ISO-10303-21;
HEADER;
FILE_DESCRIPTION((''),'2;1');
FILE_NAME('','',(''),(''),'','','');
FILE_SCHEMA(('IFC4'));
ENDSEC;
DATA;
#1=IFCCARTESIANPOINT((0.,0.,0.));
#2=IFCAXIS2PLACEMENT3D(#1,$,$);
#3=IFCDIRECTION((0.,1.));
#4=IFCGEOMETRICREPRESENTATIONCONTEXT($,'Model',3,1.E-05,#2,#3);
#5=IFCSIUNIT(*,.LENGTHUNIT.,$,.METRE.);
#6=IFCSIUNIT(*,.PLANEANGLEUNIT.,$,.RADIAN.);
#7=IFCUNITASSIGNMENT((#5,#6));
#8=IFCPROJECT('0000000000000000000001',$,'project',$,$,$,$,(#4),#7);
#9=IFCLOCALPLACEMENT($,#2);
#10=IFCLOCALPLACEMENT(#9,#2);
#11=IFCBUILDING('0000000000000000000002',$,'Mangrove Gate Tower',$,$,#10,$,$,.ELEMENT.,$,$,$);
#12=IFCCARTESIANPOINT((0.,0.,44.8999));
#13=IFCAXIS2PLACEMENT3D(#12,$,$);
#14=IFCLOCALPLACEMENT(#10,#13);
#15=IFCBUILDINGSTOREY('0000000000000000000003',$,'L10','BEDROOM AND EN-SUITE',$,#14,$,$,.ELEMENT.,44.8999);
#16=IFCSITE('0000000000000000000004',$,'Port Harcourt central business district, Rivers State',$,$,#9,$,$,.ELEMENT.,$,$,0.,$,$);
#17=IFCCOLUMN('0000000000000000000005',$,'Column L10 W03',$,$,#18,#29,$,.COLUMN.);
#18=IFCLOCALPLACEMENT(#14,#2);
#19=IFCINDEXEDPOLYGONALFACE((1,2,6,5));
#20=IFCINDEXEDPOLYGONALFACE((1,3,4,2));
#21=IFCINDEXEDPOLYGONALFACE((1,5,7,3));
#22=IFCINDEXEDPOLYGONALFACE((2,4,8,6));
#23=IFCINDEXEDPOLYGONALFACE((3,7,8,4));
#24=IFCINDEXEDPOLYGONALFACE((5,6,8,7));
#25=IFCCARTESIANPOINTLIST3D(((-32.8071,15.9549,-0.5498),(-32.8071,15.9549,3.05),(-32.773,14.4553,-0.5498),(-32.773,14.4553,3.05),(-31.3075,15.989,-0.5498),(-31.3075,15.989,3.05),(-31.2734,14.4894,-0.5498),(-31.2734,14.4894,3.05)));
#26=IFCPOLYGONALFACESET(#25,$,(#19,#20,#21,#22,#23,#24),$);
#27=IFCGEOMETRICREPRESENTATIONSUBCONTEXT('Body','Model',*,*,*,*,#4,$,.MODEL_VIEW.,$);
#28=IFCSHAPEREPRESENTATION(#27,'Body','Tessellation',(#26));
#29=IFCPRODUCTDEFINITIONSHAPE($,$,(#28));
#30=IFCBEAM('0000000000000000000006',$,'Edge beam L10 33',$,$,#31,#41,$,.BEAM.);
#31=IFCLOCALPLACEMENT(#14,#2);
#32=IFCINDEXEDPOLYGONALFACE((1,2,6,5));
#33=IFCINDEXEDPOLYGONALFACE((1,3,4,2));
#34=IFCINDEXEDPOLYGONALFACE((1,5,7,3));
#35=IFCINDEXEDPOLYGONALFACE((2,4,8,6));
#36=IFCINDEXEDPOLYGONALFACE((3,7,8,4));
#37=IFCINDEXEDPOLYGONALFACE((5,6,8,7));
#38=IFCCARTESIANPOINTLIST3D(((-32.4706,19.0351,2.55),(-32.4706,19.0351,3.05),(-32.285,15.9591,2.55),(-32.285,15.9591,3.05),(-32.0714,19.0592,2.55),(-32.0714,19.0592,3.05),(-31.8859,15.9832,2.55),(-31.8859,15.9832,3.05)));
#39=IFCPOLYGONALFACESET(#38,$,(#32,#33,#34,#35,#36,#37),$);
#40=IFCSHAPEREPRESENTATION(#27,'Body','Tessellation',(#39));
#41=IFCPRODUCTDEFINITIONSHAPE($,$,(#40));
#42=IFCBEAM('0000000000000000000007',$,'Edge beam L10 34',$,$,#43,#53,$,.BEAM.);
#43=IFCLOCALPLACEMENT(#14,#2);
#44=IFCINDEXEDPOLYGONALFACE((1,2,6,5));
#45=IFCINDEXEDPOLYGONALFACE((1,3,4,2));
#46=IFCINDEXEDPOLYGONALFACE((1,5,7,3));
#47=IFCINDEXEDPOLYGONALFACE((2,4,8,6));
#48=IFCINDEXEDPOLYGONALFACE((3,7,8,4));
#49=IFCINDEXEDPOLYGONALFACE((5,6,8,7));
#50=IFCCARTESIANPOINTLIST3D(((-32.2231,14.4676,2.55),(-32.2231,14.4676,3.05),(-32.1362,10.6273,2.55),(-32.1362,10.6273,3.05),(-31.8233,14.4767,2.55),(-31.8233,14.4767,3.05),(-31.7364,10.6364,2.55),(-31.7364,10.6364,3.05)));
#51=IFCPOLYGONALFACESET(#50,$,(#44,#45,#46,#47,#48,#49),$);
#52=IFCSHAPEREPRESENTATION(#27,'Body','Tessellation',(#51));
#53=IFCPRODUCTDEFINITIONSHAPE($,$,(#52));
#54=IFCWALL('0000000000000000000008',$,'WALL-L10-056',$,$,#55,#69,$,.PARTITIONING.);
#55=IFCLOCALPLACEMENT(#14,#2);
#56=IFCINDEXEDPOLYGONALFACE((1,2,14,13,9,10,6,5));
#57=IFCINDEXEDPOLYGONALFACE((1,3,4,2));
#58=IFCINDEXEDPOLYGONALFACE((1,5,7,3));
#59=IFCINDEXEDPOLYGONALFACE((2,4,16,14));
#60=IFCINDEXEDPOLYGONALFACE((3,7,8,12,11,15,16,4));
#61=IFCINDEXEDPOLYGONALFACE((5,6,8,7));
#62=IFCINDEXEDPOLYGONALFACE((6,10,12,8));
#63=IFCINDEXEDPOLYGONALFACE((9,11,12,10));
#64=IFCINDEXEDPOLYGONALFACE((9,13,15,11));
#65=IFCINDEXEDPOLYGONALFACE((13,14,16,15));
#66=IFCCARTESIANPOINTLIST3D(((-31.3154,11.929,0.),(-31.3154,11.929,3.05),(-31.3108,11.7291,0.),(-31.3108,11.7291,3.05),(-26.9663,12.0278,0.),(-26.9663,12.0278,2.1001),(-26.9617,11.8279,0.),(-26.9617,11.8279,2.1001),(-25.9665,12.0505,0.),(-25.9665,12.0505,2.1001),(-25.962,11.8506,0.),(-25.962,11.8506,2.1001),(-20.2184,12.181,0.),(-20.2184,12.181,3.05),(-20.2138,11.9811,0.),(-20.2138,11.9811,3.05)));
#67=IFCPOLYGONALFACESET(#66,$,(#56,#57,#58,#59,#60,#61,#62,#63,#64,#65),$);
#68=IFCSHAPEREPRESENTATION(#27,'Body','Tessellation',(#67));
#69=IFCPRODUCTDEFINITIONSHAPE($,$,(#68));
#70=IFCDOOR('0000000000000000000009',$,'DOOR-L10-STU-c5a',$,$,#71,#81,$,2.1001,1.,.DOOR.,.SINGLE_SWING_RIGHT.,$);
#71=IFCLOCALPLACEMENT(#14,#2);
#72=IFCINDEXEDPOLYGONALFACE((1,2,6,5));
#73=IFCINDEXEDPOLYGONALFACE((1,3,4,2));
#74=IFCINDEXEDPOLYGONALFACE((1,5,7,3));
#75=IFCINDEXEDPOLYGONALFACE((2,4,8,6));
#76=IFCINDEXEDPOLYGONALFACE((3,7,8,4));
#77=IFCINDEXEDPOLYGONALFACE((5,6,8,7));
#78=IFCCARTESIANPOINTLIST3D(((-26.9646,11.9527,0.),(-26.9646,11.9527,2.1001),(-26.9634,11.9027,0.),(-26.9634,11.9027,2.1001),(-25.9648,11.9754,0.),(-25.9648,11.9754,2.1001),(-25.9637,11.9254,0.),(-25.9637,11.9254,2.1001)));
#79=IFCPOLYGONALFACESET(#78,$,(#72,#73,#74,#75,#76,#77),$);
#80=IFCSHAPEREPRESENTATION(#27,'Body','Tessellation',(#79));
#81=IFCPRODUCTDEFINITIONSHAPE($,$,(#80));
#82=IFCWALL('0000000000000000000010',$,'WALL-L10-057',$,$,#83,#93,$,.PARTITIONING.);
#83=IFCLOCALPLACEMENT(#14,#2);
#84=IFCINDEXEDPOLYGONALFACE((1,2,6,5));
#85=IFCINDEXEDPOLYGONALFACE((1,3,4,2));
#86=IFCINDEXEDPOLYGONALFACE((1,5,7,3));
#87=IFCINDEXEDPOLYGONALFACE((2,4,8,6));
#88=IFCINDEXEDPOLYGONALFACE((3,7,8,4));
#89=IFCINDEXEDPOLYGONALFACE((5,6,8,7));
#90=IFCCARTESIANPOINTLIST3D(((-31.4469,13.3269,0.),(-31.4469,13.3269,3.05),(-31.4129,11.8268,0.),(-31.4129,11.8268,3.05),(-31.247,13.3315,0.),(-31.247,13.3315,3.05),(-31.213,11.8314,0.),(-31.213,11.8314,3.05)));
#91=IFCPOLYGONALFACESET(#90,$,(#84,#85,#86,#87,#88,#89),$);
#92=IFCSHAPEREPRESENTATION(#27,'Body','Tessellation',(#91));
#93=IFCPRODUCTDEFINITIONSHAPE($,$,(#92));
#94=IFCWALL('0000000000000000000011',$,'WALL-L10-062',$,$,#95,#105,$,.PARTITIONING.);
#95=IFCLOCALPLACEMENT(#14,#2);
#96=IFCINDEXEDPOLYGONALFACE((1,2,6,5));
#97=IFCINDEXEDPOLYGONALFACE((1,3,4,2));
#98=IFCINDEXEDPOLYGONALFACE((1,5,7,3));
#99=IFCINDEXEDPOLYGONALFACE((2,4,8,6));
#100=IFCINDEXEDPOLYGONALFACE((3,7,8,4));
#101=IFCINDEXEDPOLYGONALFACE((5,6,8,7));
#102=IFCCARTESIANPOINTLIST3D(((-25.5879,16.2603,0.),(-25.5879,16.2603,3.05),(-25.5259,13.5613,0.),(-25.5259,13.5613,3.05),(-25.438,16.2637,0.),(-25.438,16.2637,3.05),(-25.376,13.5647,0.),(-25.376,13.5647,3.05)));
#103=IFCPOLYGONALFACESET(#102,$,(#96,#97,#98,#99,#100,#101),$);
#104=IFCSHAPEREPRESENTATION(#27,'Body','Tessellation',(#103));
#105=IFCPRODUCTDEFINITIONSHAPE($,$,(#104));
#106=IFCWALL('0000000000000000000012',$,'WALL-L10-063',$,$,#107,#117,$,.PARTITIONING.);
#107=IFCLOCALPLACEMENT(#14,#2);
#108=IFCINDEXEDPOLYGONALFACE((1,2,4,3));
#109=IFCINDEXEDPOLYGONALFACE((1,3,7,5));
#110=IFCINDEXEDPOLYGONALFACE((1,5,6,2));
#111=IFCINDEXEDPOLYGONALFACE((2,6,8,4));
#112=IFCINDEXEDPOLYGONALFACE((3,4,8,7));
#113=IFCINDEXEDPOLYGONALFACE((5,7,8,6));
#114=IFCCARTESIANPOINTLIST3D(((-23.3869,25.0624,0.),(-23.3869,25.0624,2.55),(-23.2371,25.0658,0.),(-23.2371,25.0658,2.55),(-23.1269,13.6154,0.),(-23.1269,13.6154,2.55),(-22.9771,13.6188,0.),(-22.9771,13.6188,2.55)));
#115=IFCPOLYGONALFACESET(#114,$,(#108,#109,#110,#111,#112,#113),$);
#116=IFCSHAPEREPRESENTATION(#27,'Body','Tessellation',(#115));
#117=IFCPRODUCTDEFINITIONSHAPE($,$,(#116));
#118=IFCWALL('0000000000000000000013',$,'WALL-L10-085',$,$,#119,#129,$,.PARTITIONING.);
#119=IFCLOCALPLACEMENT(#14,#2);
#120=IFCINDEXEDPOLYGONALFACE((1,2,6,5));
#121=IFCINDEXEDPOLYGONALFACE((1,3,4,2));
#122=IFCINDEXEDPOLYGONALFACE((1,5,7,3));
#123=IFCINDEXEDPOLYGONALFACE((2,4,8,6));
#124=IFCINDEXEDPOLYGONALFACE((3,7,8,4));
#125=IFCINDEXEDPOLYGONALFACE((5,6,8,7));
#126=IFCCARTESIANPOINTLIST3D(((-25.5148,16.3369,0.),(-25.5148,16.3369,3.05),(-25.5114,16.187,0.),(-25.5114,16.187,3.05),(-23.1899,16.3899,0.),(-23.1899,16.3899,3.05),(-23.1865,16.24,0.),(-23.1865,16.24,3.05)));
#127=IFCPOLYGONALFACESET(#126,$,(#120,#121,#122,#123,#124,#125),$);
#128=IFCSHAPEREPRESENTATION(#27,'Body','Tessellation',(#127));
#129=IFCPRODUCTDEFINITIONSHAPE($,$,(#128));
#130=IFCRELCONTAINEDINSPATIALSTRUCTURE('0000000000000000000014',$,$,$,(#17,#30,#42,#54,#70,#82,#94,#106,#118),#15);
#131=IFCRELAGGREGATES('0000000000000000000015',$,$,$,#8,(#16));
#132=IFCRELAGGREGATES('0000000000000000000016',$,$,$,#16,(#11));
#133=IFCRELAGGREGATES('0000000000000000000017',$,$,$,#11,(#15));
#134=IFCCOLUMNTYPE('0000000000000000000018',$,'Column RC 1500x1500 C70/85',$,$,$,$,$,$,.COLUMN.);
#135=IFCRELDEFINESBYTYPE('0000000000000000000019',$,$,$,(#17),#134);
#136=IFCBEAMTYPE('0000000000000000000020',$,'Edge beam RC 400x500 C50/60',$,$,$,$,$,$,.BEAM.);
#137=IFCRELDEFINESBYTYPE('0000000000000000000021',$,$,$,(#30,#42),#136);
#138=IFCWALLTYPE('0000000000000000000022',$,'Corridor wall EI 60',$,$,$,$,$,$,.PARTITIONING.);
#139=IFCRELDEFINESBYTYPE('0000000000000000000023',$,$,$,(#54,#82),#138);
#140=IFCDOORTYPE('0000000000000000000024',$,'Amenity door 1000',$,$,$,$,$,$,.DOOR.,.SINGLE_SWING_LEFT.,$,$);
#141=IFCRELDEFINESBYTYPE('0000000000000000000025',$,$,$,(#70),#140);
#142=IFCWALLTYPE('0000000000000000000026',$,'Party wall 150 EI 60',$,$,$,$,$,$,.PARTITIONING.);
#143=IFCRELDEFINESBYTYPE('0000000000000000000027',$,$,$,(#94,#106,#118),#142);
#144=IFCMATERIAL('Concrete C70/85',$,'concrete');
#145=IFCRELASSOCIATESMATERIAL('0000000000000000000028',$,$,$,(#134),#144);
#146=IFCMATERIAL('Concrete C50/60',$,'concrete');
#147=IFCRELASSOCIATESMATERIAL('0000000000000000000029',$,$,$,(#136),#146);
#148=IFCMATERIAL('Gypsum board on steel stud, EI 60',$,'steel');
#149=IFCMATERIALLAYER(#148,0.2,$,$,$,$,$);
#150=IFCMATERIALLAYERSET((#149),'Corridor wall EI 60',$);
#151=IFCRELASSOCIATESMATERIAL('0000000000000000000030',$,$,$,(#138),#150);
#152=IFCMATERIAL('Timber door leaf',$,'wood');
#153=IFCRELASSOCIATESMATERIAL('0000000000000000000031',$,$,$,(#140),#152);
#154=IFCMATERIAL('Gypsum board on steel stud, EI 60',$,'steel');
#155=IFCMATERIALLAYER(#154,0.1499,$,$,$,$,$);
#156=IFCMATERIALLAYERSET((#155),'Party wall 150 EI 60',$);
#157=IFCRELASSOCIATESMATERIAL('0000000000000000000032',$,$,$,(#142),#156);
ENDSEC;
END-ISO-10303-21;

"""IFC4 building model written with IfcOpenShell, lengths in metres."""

from ifc_helpers import new_model, si_unit, direction, frame, frame_2d, origin, origin_2d, place, context, subcontext, project, spatial, rectangle, extrude, material, layer, layer_set, material_profile, profile_set, type_object, element, fill, save


model = new_model("IFC4")

# Units and contexts
model_context = context("Model", 3, precision=1e-05, world=origin(), true_north=direction((0.0, 1.0)))
body_context = subcontext(model_context, "Body", "Model", "MODEL_VIEW")
ifc_project = project(units=[si_unit("LENGTHUNIT", "METRE"), si_unit("PLANEANGLEUNIT", "RADIAN")], contexts=[model_context])

# Site, building, storey
site_placement = place(None, origin())
site = spatial("IfcSite", under=ifc_project, at=site_placement, Name="Port Harcourt central business district, Rivers State", CompositionType="ELEMENT", RefElevation=0.0)
building_placement = place(site_placement, origin())
building = spatial("IfcBuilding", under=site, at=building_placement, Name="Mangrove Gate Tower", CompositionType="ELEMENT")
storey_placement = place(building_placement, frame((0.0, 0.0, 44.8999)))
storey = spatial("IfcBuildingStorey", under=building, at=storey_placement, Name="L10", Description="BEDROOM AND EN-SUITE", CompositionType="ELEMENT", Elevation=44.8999)

# Column
ifc_material_1 = material(Name="Concrete C70/85", Category="concrete")
ifc_material_profile_1 = material_profile(ifc_material_1, rectangle(XDim=1.5, YDim=1.5, at=origin_2d()))
ifc_profile_set_1 = profile_set([ifc_material_profile_1], Name="Concrete C70/85")
column_type = type_object("IfcColumnType", Name="Column RC 1500x1500 C70/85", PredefinedType="COLUMN", material=ifc_profile_set_1)
column_placement = place(storey_placement, frame((-32.0403, 15.2222, -0.5498), z_axis=(0.0, 0.0, 1.0), x_axis=(0.022747, -0.999741, 0.0)))
element("IfcColumn", 1, at=column_placement, inside=storey, type_object=column_type, Name="Column L10 W03", PredefinedType="COLUMN", context=body_context, shape_type="SweptSolid", body=[
    extrude(rectangle(XDim=1.5, YDim=1.5, at=origin_2d()), origin(), (0.0, 0.0, 1.0), 3.5999),
])

# Beams
ifc_material_2 = material(Name="Concrete C50/60", Category="concrete")
ifc_material_profile_2 = material_profile(ifc_material_2, rectangle(XDim=0.3999, YDim=0.5, at=origin_2d()))
ifc_profile_set_2 = profile_set([ifc_material_profile_2], Name="Concrete C50/60")
beam_type = type_object("IfcBeamType", Name="Edge beam RC 400x500 C50/60", PredefinedType="BEAM", material=ifc_profile_set_2)
beam_1_placement = place(storey_placement, frame((-32.271, 19.0471, 2.8), z_axis=(0.060213, -0.998186, 0.0), x_axis=(0.998186, 0.060213, 0.0)))
element("IfcBeam", 2, at=beam_1_placement, inside=storey, type_object=beam_type, Name="Edge beam L10 33", PredefinedType="BEAM", context=body_context, shape_type="SweptSolid", body=[
    extrude(rectangle(XDim=0.3999, YDim=0.5, at=origin_2d()), origin(), (0.0, 0.0, 1.0), 3.0815),
])
beam_2_placement = place(storey_placement, frame((-32.0232, 14.4722, 2.8), z_axis=(0.022626, -0.999744, 0.0), x_axis=(0.999744, 0.022626, 0.0)))
element("IfcBeam", 3, at=beam_2_placement, inside=storey, type_object=beam_type, Name="Edge beam L10 34", PredefinedType="BEAM", context=body_context, shape_type="SweptSolid", body=[
    extrude(rectangle(XDim=0.3999, YDim=0.5, at=origin_2d()), origin(), (0.0, 0.0, 1.0), 3.8413),
])

# Wall, opening, door
ifc_material_3 = material(Name="Gypsum board on steel stud, EI 60", Category="steel")
ifc_layer_1 = layer(ifc_material_3, 0.2)
ifc_layer_set_1 = layer_set([ifc_layer_1], Name="Corridor wall EI 60")
wall_type_1 = type_object("IfcWallType", Name="Corridor wall EI 60", PredefinedType="PARTITIONING", material=ifc_layer_set_1)
wall_1_placement = place(storey_placement, frame((-31.313, 11.8291, 0.0), z_axis=(0.0, 0.0, 1.0), x_axis=(0.999742, 0.022699, 0.0)))
wall_1 = element("IfcWall", 4, at=wall_1_placement, inside=storey, type_object=wall_type_1, Name="WALL-L10-056", PredefinedType="PARTITIONING", context=body_context, shape_type="SweptSolid", body=[
    extrude(rectangle(XDim=11.0999, YDim=0.2, at=frame_2d((5.5498, 0.0))), origin(), (0.0, 0.0, 1.0), 3.05),
])
opening_1_placement = place(wall_1_placement, frame((4.3501, 0.0, 0.0)))
opening_1 = element("IfcOpeningElement", 5, at=opening_1_placement, cuts=wall_1, PredefinedType="OPENING", context=body_context, shape_type="SweptSolid", body=[
    extrude(rectangle(XDim=1.0, YDim=2.1001, at=frame_2d((0.5, 1.05))), frame((0.0, 0.1099, 0.0), z_axis=(0.0, -1.0, 0.0), x_axis=(1.0, 0.0, 0.0)), (0.0, 0.0, 1.0), 0.22),
])
ifc_material_4 = material(Name="Timber door leaf", Category="wood")
door_type_1 = type_object("IfcDoorType", Name="Amenity door 1000", OperationType="SINGLE_SWING_LEFT", PredefinedType="DOOR", material=ifc_material_4)
door_1_placement = place(opening_1_placement, origin())
door_1 = element("IfcDoor", 6, at=door_1_placement, inside=storey, type_object=door_type_1, Name="DOOR-L10-STU-c5a", OperationType="SINGLE_SWING_RIGHT", OverallHeight=2.1001, OverallWidth=1.0, PredefinedType="DOOR", context=body_context, shape_type="SweptSolid", body=[
    extrude(rectangle(XDim=1.0, YDim=2.1001, at=frame_2d((0.5, 1.05))), frame((0.0, 0.0249, 0.0), z_axis=(0.0, -1.0, 0.0), x_axis=(1.0, 0.0, 0.0)), (0.0, 0.0, 1.0), 0.05),
])
fill(opening_1, door_1)

# Wall
wall_2_placement = place(storey_placement, frame((-31.313, 11.8291, 0.0), z_axis=(0.0, 0.0, 1.0), x_axis=(-0.022618, 0.999744, 0.0)))
element("IfcWall", 7, at=wall_2_placement, inside=storey, type_object=wall_type_1, Name="WALL-L10-057", PredefinedType="PARTITIONING", context=body_context, shape_type="SweptSolid", body=[
    extrude(rectangle(XDim=1.5005, YDim=0.2, at=frame_2d((0.7502, 0.0))), origin(), (0.0, 0.0, 1.0), 3.05),
])

# Walls
ifc_material_5 = material(Name="Gypsum board on steel stud, EI 60", Category="steel")
ifc_layer_2 = layer(ifc_material_5, 0.1499)
ifc_layer_set_2 = layer_set([ifc_layer_2], Name="Party wall 150 EI 60")
wall_type_2 = type_object("IfcWallType", Name="Party wall 150 EI 60", PredefinedType="PARTITIONING", material=ifc_layer_set_2)
wall_3_placement = place(storey_placement, frame((-25.4509, 13.563, 0.0), z_axis=(0.0, 0.0, 1.0), x_axis=(-0.02297, 0.999736, 0.0)))
element("IfcWall", 8, at=wall_3_placement, inside=storey, type_object=wall_type_2, Name="WALL-L10-062", PredefinedType="PARTITIONING", context=body_context, shape_type="SweptSolid", body=[
    extrude(rectangle(XDim=2.6997, YDim=0.1499, at=frame_2d((1.3499, 0.0))), origin(), (0.0, 0.0, 1.0), 3.05),
])
wall_4_placement = place(storey_placement, frame((-23.052, 13.6169, 0.0), z_axis=(0.0, 0.0, 1.0), x_axis=(-0.022708, 0.999742, 0.0)))
element("IfcWall", 9, at=wall_4_placement, inside=storey, type_object=wall_type_2, Name="WALL-L10-063", PredefinedType="PARTITIONING", context=body_context, shape_type="SweptSolid", body=[
    extrude(rectangle(XDim=11.45, YDim=0.1499, at=frame_2d((5.7251, 0.0))), origin(), (0.0, 0.0, 1.0), 2.55),
])
wall_5_placement = place(storey_placement, frame((-25.5129, 16.262, 0.0), z_axis=(0.0, 0.0, 1.0), x_axis=(0.99974, 0.022781, 0.0)))
element("IfcWall", 10, at=wall_5_placement, inside=storey, type_object=wall_type_2, Name="WALL-L10-085", PredefinedType="PARTITIONING", context=body_context, shape_type="SweptSolid", body=[
    extrude(rectangle(XDim=2.3254, YDim=0.1499, at=frame_2d((1.1626, 0.0))), origin(), (0.0, 0.0, 1.0), 3.05),
])

save(model, "model.ifc")
